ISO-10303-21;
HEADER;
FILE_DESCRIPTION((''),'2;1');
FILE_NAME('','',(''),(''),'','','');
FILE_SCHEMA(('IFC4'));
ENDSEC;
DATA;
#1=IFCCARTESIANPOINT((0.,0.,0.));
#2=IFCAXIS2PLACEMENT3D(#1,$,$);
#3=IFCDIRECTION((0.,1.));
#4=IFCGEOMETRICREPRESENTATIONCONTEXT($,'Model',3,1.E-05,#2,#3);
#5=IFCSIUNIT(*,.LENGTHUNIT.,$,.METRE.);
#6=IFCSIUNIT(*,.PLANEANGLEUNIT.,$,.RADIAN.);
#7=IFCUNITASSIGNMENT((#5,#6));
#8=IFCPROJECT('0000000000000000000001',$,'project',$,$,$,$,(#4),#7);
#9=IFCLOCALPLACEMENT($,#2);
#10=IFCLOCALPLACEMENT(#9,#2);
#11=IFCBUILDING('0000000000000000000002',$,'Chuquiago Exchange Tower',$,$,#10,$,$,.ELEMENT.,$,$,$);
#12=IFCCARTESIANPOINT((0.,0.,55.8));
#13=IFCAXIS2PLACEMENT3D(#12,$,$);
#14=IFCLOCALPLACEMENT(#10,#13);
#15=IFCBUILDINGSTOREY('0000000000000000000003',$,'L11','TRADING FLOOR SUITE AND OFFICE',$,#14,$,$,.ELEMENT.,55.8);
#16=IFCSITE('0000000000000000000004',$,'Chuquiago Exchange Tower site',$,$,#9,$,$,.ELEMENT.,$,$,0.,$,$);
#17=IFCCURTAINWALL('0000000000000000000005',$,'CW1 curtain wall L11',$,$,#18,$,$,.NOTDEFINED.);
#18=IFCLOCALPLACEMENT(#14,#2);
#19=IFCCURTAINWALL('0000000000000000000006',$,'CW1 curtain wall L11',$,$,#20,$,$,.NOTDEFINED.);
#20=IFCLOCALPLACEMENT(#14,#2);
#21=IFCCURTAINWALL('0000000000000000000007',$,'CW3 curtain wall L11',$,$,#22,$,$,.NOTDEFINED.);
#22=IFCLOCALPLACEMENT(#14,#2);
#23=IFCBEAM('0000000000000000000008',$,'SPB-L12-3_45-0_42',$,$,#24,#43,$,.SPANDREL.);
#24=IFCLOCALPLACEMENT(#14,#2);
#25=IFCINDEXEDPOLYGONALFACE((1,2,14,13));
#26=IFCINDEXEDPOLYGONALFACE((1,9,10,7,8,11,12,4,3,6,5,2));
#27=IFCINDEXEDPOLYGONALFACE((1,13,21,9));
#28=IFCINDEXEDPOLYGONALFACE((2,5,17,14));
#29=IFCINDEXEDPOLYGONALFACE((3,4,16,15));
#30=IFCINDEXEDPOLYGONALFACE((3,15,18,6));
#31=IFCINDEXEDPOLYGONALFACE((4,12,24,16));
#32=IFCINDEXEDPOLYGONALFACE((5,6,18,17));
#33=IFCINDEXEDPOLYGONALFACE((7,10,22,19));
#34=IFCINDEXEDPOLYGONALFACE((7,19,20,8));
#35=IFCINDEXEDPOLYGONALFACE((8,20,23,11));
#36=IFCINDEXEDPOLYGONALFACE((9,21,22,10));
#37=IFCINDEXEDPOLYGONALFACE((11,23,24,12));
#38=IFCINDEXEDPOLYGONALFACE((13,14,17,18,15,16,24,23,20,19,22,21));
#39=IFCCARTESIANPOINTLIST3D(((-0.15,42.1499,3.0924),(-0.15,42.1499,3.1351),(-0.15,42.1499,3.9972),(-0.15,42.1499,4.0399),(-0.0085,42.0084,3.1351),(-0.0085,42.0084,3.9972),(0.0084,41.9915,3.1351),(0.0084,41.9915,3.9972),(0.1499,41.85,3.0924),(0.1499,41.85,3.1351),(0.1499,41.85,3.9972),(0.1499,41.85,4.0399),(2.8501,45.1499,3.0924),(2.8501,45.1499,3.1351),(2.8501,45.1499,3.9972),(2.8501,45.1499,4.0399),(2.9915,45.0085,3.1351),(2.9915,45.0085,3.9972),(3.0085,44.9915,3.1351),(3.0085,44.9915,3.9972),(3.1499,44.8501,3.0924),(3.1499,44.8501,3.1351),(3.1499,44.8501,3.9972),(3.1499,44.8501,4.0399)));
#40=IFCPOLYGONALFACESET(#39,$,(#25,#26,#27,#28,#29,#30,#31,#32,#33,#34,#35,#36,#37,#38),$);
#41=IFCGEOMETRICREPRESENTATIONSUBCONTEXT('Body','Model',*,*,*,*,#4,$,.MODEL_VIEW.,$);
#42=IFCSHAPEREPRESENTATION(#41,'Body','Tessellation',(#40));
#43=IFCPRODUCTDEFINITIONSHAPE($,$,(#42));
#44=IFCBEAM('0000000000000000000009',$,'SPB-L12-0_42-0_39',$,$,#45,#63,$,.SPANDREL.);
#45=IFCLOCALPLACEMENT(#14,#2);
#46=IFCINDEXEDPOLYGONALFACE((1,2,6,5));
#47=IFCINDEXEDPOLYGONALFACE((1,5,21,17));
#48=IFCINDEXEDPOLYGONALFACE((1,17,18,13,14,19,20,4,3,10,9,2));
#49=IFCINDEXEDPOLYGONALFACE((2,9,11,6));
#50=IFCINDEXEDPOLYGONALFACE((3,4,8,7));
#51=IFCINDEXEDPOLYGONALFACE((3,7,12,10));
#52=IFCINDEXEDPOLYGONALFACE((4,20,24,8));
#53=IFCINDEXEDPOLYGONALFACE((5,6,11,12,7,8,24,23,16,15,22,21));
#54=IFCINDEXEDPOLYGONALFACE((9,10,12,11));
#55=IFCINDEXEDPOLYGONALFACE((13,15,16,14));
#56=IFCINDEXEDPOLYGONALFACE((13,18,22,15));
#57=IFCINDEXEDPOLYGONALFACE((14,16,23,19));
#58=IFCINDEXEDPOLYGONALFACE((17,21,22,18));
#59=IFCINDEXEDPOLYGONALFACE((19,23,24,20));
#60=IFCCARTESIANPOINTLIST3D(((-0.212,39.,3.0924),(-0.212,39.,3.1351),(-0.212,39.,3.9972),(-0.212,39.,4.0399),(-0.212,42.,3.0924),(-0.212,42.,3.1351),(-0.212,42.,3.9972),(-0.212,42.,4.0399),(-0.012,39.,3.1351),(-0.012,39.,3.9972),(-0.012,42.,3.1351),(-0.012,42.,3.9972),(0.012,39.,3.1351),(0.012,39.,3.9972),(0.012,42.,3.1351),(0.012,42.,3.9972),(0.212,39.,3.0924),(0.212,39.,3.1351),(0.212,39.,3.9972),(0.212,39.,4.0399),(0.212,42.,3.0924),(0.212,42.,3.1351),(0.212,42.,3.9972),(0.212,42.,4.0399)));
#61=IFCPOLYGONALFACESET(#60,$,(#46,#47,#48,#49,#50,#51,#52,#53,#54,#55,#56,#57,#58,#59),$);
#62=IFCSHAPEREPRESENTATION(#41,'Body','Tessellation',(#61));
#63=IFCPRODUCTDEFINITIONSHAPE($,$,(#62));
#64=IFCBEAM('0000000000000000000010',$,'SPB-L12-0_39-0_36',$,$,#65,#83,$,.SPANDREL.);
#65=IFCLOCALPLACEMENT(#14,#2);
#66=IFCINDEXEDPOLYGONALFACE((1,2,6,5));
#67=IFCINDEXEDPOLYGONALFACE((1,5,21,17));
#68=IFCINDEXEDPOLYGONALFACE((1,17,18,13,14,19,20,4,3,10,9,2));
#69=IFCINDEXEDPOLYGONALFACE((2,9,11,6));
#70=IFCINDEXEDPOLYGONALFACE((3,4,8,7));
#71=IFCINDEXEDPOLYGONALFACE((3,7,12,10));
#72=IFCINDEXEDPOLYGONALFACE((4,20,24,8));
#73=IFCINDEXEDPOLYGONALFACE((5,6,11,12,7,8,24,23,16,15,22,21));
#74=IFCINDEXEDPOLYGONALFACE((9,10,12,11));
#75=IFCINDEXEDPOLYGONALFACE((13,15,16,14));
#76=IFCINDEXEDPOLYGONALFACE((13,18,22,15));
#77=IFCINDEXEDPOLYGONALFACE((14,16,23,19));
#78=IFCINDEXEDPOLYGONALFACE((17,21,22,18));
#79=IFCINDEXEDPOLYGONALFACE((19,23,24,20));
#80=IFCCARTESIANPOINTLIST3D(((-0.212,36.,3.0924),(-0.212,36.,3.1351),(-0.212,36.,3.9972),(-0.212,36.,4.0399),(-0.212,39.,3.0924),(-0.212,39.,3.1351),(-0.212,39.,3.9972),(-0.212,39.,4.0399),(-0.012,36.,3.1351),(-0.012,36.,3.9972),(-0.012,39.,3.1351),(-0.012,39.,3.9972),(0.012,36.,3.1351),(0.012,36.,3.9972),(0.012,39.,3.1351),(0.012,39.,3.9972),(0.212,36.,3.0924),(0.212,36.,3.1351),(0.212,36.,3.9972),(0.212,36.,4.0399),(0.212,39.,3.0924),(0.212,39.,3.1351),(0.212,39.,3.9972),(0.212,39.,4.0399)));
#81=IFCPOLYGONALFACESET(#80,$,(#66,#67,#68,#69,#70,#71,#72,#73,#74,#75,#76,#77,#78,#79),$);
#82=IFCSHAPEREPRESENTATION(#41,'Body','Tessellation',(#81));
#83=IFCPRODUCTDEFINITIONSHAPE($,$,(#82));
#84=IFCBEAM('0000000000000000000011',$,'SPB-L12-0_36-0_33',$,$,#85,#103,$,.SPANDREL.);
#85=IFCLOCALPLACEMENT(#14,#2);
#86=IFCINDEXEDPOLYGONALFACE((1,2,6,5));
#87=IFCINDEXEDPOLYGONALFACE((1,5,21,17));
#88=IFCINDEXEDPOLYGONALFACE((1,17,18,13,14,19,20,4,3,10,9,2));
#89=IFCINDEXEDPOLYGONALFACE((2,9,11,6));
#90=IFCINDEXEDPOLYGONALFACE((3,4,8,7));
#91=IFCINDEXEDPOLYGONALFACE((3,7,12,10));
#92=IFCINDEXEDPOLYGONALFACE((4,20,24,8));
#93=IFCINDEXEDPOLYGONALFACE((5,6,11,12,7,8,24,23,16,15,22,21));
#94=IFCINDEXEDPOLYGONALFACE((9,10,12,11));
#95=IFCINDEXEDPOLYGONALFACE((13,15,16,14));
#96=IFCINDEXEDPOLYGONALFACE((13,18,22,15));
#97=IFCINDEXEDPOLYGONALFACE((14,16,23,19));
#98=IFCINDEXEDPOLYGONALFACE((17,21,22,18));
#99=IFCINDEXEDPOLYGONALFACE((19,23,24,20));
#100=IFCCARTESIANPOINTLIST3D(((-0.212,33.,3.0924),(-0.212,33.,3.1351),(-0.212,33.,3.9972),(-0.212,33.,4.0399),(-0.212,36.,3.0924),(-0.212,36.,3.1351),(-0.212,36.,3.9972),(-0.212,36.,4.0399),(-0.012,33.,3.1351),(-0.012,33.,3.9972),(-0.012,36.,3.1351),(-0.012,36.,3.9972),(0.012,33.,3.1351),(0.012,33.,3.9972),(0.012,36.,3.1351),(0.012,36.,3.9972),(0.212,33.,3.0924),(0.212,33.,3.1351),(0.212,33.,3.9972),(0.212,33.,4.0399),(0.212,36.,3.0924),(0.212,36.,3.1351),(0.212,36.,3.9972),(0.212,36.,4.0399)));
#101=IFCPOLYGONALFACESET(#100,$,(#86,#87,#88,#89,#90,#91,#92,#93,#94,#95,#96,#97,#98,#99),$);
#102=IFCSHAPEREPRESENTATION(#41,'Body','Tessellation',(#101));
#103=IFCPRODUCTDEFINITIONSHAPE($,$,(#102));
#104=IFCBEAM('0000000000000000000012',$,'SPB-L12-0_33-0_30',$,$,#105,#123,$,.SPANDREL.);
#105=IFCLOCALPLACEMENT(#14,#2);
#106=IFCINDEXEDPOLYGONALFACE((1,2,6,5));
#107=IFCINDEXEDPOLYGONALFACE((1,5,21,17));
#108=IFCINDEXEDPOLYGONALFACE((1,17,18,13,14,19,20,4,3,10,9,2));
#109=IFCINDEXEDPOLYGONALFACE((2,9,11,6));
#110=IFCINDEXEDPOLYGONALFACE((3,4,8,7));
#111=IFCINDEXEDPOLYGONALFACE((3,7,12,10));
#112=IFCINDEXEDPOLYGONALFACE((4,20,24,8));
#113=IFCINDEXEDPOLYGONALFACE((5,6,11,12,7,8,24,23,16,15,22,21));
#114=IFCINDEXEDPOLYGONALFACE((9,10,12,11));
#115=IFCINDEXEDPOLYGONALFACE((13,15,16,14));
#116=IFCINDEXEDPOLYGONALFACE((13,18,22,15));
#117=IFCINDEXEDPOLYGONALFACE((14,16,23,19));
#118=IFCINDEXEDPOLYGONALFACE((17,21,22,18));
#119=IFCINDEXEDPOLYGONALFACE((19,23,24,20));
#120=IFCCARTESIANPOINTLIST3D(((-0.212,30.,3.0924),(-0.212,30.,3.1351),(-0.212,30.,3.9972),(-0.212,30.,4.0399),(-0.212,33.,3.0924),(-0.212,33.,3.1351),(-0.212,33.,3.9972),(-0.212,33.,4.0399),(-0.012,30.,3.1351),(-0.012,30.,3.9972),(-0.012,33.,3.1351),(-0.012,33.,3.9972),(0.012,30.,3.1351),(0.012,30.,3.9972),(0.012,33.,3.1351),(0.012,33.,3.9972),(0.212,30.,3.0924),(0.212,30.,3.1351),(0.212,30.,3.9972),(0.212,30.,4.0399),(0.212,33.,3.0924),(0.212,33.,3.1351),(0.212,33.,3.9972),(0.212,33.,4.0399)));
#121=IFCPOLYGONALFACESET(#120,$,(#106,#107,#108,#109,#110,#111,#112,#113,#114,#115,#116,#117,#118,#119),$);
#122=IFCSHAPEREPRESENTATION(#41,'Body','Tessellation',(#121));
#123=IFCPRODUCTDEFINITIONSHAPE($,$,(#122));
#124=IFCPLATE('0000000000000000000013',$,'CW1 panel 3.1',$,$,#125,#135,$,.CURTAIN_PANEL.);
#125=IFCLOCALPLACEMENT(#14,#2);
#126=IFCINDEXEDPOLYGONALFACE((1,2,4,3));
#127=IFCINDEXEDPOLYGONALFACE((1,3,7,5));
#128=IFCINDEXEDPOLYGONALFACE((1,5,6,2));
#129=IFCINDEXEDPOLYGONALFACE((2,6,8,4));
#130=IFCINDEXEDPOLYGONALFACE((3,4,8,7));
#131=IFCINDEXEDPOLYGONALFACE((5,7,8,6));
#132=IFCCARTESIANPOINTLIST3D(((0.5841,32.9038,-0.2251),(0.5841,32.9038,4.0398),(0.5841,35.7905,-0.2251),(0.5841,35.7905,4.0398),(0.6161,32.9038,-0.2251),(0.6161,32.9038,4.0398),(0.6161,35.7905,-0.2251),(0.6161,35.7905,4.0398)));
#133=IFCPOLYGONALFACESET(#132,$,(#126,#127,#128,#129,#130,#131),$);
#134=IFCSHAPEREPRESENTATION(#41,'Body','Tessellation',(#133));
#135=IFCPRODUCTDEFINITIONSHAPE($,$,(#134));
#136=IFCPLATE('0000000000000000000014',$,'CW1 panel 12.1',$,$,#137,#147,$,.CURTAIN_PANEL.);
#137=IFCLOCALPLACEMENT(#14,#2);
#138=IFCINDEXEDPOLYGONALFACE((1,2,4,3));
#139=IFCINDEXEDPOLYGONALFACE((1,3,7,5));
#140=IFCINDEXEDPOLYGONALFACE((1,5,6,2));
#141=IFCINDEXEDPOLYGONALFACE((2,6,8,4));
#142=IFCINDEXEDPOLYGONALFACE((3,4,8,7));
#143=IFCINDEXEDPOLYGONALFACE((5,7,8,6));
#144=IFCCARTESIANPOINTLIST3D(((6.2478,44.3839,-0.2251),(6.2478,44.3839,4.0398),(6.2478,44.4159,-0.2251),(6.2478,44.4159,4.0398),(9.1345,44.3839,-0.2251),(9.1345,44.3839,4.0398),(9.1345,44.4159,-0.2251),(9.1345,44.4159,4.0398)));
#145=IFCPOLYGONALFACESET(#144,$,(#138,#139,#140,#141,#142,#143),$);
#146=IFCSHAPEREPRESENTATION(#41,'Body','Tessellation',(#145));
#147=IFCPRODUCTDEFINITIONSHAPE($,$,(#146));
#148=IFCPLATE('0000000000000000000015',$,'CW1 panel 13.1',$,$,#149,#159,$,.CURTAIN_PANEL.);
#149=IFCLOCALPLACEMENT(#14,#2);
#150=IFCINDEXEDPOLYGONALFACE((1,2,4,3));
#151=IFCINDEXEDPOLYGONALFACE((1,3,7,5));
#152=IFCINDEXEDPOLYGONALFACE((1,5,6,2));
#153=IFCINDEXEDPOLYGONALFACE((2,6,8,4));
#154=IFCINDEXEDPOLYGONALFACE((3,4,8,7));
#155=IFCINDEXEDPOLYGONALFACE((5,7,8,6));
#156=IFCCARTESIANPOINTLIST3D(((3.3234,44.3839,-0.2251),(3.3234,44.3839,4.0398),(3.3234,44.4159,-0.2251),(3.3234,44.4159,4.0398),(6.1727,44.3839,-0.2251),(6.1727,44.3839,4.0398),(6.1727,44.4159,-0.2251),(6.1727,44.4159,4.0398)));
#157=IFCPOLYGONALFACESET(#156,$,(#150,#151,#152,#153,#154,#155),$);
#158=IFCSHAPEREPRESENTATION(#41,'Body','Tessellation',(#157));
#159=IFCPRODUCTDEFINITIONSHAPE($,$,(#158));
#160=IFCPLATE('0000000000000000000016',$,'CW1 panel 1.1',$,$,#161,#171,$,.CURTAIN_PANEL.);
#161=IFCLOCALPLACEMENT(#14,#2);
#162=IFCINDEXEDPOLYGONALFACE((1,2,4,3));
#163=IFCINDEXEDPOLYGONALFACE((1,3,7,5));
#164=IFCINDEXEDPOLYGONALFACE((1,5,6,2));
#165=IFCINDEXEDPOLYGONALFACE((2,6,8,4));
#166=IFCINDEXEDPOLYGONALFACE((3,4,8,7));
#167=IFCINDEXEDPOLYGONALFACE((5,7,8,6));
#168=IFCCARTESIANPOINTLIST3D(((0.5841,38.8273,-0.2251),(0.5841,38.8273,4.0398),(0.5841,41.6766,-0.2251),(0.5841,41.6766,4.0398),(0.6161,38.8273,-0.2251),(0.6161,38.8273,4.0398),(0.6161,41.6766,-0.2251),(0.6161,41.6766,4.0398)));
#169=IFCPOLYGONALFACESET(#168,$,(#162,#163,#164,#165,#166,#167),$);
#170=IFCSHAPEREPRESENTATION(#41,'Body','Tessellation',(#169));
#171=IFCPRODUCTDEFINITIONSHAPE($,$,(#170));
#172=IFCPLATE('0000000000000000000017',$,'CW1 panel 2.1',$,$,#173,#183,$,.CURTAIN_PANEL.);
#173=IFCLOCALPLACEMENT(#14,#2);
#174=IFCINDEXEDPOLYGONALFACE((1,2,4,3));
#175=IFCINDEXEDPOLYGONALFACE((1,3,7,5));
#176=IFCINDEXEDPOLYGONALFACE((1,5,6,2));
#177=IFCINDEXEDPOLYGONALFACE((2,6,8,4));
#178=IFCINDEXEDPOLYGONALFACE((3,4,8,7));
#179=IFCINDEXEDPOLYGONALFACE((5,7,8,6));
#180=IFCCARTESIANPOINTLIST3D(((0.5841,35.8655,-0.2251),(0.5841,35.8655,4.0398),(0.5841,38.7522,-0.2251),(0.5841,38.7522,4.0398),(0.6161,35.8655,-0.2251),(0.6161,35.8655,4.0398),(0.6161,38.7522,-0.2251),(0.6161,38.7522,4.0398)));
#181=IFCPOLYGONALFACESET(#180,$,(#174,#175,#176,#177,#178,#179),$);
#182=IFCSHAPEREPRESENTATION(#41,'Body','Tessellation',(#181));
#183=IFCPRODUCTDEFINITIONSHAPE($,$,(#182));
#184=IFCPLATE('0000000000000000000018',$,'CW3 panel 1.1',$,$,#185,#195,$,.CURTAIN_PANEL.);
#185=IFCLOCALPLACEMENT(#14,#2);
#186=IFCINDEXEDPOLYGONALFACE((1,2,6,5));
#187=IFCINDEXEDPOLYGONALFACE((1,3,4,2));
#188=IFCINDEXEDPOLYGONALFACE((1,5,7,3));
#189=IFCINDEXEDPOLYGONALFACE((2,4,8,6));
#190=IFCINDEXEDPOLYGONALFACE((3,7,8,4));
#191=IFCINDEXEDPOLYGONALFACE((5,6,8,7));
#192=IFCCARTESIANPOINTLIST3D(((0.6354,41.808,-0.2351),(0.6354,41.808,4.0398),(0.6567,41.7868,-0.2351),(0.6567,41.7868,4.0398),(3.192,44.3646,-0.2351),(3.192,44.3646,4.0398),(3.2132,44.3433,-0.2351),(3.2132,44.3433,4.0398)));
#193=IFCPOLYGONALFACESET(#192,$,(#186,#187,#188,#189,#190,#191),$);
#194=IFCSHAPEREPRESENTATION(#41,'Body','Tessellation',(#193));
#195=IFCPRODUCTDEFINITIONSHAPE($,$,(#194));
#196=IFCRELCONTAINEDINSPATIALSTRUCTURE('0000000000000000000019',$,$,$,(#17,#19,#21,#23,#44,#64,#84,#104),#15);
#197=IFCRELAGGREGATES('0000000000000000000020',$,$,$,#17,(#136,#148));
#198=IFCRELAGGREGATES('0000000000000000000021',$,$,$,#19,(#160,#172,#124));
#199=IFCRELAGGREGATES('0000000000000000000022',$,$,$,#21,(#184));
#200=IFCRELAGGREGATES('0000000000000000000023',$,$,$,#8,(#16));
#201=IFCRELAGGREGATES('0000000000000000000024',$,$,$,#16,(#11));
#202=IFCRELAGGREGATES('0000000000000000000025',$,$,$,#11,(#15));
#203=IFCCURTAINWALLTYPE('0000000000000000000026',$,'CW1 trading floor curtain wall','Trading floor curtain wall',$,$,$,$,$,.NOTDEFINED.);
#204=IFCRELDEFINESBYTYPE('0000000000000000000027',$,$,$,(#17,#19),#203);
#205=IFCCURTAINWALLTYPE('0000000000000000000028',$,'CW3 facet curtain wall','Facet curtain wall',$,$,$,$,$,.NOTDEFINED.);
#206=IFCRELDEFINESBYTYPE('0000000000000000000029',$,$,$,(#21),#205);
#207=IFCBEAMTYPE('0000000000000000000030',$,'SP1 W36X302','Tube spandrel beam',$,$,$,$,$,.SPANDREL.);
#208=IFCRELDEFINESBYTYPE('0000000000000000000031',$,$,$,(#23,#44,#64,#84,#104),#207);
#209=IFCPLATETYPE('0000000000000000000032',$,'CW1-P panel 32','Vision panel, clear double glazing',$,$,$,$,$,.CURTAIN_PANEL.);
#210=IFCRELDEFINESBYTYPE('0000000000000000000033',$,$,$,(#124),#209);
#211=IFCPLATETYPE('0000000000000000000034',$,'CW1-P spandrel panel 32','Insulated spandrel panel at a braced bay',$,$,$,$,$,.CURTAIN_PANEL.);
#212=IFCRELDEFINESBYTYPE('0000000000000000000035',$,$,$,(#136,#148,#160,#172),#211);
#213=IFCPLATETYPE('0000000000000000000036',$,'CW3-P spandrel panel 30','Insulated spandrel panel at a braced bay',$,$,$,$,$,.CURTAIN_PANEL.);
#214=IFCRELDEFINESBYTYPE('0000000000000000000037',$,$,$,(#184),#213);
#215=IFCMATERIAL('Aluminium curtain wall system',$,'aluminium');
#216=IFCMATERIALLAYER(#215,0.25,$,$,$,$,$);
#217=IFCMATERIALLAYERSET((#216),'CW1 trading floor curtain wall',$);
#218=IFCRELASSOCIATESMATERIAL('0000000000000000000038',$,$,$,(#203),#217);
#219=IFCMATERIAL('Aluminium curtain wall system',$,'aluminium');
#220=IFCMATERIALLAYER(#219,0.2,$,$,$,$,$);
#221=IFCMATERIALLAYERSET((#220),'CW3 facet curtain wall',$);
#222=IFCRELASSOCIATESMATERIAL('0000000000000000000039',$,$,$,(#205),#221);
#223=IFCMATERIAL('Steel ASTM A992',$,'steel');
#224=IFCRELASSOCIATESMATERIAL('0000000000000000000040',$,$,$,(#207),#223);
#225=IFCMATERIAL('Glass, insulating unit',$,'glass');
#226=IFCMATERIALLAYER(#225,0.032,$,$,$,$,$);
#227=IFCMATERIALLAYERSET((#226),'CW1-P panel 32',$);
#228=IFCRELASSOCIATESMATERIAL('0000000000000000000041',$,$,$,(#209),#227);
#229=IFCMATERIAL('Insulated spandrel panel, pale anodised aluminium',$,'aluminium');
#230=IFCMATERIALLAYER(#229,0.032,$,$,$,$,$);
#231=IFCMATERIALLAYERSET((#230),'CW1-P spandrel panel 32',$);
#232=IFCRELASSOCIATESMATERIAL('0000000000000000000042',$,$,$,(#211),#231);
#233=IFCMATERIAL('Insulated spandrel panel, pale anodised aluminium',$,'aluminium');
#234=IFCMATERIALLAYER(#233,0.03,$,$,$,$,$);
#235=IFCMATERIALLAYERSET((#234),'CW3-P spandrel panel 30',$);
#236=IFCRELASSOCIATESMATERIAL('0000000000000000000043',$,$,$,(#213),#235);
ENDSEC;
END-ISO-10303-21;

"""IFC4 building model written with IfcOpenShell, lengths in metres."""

from ifc_helpers import new_model, si_unit, direction, frame, origin, origin_2d, place, context, subcontext, project, spatial, rectangle, i_section, extrude, material, layer, layer_set, material_profile, profile_set, type_object, element, aggregate, save


model = new_model("IFC4")

# Units and contexts
model_context = context("Model", 3, precision=1e-05, world=origin(), true_north=direction((0.0, 1.0)))
body_context = subcontext(model_context, "Body", "Model", "MODEL_VIEW")
ifc_project = project(units=[si_unit("LENGTHUNIT", "METRE"), si_unit("PLANEANGLEUNIT", "RADIAN")], contexts=[model_context])

# Site, building, storey
site_placement = place(None, origin())
site = spatial("IfcSite", under=ifc_project, at=site_placement, Name="Chuquiago Exchange Tower site", CompositionType="ELEMENT", RefElevation=0.0)
building_placement = place(site_placement, origin())
building = spatial("IfcBuilding", under=site, at=building_placement, Name="Chuquiago Exchange Tower", CompositionType="ELEMENT")
storey_placement = place(building_placement, frame((0.0, 0.0, 55.8)))
storey = spatial("IfcBuildingStorey", under=building, at=storey_placement, Name="L11", Description="TRADING FLOOR SUITE AND OFFICE", CompositionType="ELEMENT", Elevation=55.8)

# Curtain walls
ifc_material_1 = material(Name="Aluminium curtain wall system", Category="aluminium")
ifc_layer_1 = layer(ifc_material_1, 0.25)
ifc_layer_set_1 = layer_set([ifc_layer_1], Name="CW1 trading floor curtain wall")
curtain_wall_type_1 = type_object("IfcCurtainWallType", Name="CW1 trading floor curtain wall", Description="Trading floor curtain wall", PredefinedType="NOTDEFINED", material=ifc_layer_set_1)
curtain_wall_1_placement = place(storey_placement, origin())
curtain_wall_1 = element("IfcCurtainWall", 1, at=curtain_wall_1_placement, inside=storey, type_object=curtain_wall_type_1, Name="CW1 curtain wall L11", PredefinedType="NOTDEFINED")
curtain_wall_2_placement = place(storey_placement, origin())
curtain_wall_2 = element("IfcCurtainWall", 2, at=curtain_wall_2_placement, inside=storey, type_object=curtain_wall_type_1, Name="CW1 curtain wall L11", PredefinedType="NOTDEFINED")

# Curtain wall
ifc_material_2 = material(Name="Aluminium curtain wall system", Category="aluminium")
ifc_layer_2 = layer(ifc_material_2, 0.2)
ifc_layer_set_2 = layer_set([ifc_layer_2], Name="CW3 facet curtain wall")
curtain_wall_type_2 = type_object("IfcCurtainWallType", Name="CW3 facet curtain wall", Description="Facet curtain wall", PredefinedType="NOTDEFINED", material=ifc_layer_set_2)
curtain_wall_3_placement = place(storey_placement, origin())
curtain_wall_3 = element("IfcCurtainWall", 3, at=curtain_wall_3_placement, inside=storey, type_object=curtain_wall_type_2, Name="CW3 curtain wall L11", PredefinedType="NOTDEFINED")

# Beams
ifc_material_3 = material(Name="Steel ASTM A992", Category="steel")
ifc_material_profile_1 = material_profile(ifc_material_3, i_section(OverallWidth=0.4241, OverallDepth=0.9475, WebThickness=0.0239, FlangeThickness=0.0427, at=origin_2d()), Name="W36X302")
ifc_profile_set_1 = profile_set([ifc_material_profile_1], Name="Steel ASTM A992")
beam_type = type_object("IfcBeamType", Name="SP1 W36X302", Description="Tube spandrel beam", PredefinedType="SPANDREL", material=ifc_profile_set_1)
beam_1_placement = place(storey_placement, frame((3.0, 45.0, 3.5662), z_axis=(-0.707107, -0.707107, 0.0), x_axis=(0.707107, -0.707107, 0.0)))
element("IfcBeam", 4, at=beam_1_placement, inside=storey, type_object=beam_type, Name="SPB-L12-3_45-0_42", PredefinedType="SPANDREL", context=body_context, shape_type="SweptSolid", body=[
    extrude(i_section(OverallWidth=0.4241, OverallDepth=0.9475, WebThickness=0.0239, FlangeThickness=0.0427, at=origin_2d()), origin(), (0.0, 0.0, 1.0), 4.2427),
])
for number, where, z_axis, x_axis, name in (
    (5, (0.0, 42.0, 3.5662), (0.0, -1.0, 0.0), (1.0, 0.0, 0.0), "SPB-L12-0_42-0_39"),
    (6, (0.0, 39.0, 3.5662), (0.0, -1.0, 0.0), (1.0, 0.0, 0.0), "SPB-L12-0_39-0_36"),
    (7, (0.0, 36.0, 3.5662), (0.0, -1.0, 0.0), (1.0, 0.0, 0.0), "SPB-L12-0_36-0_33"),
    (8, (0.0, 33.0, 3.5662), (0.0, -1.0, 0.0), (1.0, 0.0, 0.0), "SPB-L12-0_33-0_30"),
):
    element("IfcBeam", number, at=place(storey_placement, frame(where, z_axis=z_axis, x_axis=x_axis)), inside=storey, type_object=beam_type, Name=name, PredefinedType="SPANDREL", context=body_context, shape_type="SweptSolid", body=[
        extrude(i_section(OverallWidth=0.4241, OverallDepth=0.9475, WebThickness=0.0239, FlangeThickness=0.0427, at=origin_2d()), origin(), (0.0, 0.0, 1.0), 3.0),
    ])

# Plates
ifc_material_4 = material(Name="Glass, insulating unit", Category="glass")
ifc_layer_3 = layer(ifc_material_4, 0.032)
ifc_layer_set_3 = layer_set([ifc_layer_3], Name="CW1-P panel 32")
plate_type_1 = type_object("IfcPlateType", Name="CW1-P panel 32", Description="Vision panel, clear double glazing", PredefinedType="CURTAIN_PANEL", material=ifc_layer_set_3)
plate_1_placement = place(storey_placement, frame((0.6001, 34.3472, -0.2251), z_axis=(0.0, 0.0, 1.0), x_axis=(0.0, -1.0, 0.0)))
plate_1 = element("IfcPlate", 9, at=plate_1_placement, type_object=plate_type_1, Name="CW1 panel 3.1", PredefinedType="CURTAIN_PANEL", context=body_context, shape_type="SweptSolid", body=[
    extrude(rectangle(XDim=2.8867, YDim=0.032, at=origin_2d()), origin(), (0.0, 0.0, 1.0), 4.2649),
])
ifc_material_5 = material(Name="Insulated spandrel panel, pale anodised aluminium", Category="aluminium")
ifc_layer_4 = layer(ifc_material_5, 0.032)
ifc_layer_set_4 = layer_set([ifc_layer_4], Name="CW1-P spandrel panel 32")
plate_type_2 = type_object("IfcPlateType", Name="CW1-P spandrel panel 32", Description="Insulated spandrel panel at a braced bay", PredefinedType="CURTAIN_PANEL", material=ifc_layer_set_4)
plate_2_placement = place(storey_placement, frame((7.6912, 44.3999, -0.2251), z_axis=(0.0, 0.0, 1.0), x_axis=(-1.0, 0.0, 0.0)))
plate_2 = element("IfcPlate", 10, at=plate_2_placement, type_object=plate_type_2, Name="CW1 panel 12.1", PredefinedType="CURTAIN_PANEL", context=body_context, shape_type="SweptSolid", body=[
    extrude(rectangle(XDim=2.8867, YDim=0.032, at=origin_2d()), origin(), (0.0, 0.0, 1.0), 4.2649),
])
plate_3_placement = place(storey_placement, frame((4.748, 44.3999, -0.2251), z_axis=(0.0, 0.0, 1.0), x_axis=(-1.0, 0.0, 0.0)))
plate_3 = element("IfcPlate", 11, at=plate_3_placement, type_object=plate_type_2, Name="CW1 panel 13.1", PredefinedType="CURTAIN_PANEL", context=body_context, shape_type="SweptSolid", body=[
    extrude(rectangle(XDim=2.8494, YDim=0.032, at=origin_2d()), origin(), (0.0, 0.0, 1.0), 4.2649),
])
aggregate(curtain_wall_1, [plate_2, plate_3])
plate_4_placement = place(storey_placement, frame((0.6001, 40.252, -0.2251), z_axis=(0.0, 0.0, 1.0), x_axis=(0.0, -1.0, 0.0)))
plate_4 = element("IfcPlate", 12, at=plate_4_placement, type_object=plate_type_2, Name="CW1 panel 1.1", PredefinedType="CURTAIN_PANEL", context=body_context, shape_type="SweptSolid", body=[
    extrude(rectangle(XDim=2.8494, YDim=0.032, at=origin_2d()), origin(), (0.0, 0.0, 1.0), 4.2649),
])
plate_5_placement = place(storey_placement, frame((0.6001, 37.3088, -0.2251), z_axis=(0.0, 0.0, 1.0), x_axis=(0.0, -1.0, 0.0)))
plate_5 = element("IfcPlate", 13, at=plate_5_placement, type_object=plate_type_2, Name="CW1 panel 2.1", PredefinedType="CURTAIN_PANEL", context=body_context, shape_type="SweptSolid", body=[
    extrude(rectangle(XDim=2.8867, YDim=0.032, at=origin_2d()), origin(), (0.0, 0.0, 1.0), 4.2649),
])
aggregate(curtain_wall_2, [plate_4, plate_5, plate_1])
ifc_material_6 = material(Name="Insulated spandrel panel, pale anodised aluminium", Category="aluminium")
ifc_layer_5 = layer(ifc_material_6, 0.03)
ifc_layer_set_5 = layer_set([ifc_layer_5], Name="CW3-P spandrel panel 30")
plate_type_3 = type_object("IfcPlateType", Name="CW3-P spandrel panel 30", Description="Insulated spandrel panel at a braced bay", PredefinedType="CURTAIN_PANEL", material=ifc_layer_set_5)
plate_6_placement = place(storey_placement, frame((1.9243, 43.0757, -0.2351), z_axis=(0.0, 0.0, 1.0), x_axis=(-0.707107, -0.707107, 0.0)))
plate_6 = element("IfcPlate", 14, at=plate_6_placement, type_object=plate_type_3, Name="CW3 panel 1.1", PredefinedType="CURTAIN_PANEL", context=body_context, shape_type="SweptSolid", body=[
    extrude(rectangle(XDim=3.6155, YDim=0.03, at=origin_2d()), origin(), (0.0, 0.0, 1.0), 4.2749),
])
aggregate(curtain_wall_3, [plate_6])

save(model, "model.ifc")
